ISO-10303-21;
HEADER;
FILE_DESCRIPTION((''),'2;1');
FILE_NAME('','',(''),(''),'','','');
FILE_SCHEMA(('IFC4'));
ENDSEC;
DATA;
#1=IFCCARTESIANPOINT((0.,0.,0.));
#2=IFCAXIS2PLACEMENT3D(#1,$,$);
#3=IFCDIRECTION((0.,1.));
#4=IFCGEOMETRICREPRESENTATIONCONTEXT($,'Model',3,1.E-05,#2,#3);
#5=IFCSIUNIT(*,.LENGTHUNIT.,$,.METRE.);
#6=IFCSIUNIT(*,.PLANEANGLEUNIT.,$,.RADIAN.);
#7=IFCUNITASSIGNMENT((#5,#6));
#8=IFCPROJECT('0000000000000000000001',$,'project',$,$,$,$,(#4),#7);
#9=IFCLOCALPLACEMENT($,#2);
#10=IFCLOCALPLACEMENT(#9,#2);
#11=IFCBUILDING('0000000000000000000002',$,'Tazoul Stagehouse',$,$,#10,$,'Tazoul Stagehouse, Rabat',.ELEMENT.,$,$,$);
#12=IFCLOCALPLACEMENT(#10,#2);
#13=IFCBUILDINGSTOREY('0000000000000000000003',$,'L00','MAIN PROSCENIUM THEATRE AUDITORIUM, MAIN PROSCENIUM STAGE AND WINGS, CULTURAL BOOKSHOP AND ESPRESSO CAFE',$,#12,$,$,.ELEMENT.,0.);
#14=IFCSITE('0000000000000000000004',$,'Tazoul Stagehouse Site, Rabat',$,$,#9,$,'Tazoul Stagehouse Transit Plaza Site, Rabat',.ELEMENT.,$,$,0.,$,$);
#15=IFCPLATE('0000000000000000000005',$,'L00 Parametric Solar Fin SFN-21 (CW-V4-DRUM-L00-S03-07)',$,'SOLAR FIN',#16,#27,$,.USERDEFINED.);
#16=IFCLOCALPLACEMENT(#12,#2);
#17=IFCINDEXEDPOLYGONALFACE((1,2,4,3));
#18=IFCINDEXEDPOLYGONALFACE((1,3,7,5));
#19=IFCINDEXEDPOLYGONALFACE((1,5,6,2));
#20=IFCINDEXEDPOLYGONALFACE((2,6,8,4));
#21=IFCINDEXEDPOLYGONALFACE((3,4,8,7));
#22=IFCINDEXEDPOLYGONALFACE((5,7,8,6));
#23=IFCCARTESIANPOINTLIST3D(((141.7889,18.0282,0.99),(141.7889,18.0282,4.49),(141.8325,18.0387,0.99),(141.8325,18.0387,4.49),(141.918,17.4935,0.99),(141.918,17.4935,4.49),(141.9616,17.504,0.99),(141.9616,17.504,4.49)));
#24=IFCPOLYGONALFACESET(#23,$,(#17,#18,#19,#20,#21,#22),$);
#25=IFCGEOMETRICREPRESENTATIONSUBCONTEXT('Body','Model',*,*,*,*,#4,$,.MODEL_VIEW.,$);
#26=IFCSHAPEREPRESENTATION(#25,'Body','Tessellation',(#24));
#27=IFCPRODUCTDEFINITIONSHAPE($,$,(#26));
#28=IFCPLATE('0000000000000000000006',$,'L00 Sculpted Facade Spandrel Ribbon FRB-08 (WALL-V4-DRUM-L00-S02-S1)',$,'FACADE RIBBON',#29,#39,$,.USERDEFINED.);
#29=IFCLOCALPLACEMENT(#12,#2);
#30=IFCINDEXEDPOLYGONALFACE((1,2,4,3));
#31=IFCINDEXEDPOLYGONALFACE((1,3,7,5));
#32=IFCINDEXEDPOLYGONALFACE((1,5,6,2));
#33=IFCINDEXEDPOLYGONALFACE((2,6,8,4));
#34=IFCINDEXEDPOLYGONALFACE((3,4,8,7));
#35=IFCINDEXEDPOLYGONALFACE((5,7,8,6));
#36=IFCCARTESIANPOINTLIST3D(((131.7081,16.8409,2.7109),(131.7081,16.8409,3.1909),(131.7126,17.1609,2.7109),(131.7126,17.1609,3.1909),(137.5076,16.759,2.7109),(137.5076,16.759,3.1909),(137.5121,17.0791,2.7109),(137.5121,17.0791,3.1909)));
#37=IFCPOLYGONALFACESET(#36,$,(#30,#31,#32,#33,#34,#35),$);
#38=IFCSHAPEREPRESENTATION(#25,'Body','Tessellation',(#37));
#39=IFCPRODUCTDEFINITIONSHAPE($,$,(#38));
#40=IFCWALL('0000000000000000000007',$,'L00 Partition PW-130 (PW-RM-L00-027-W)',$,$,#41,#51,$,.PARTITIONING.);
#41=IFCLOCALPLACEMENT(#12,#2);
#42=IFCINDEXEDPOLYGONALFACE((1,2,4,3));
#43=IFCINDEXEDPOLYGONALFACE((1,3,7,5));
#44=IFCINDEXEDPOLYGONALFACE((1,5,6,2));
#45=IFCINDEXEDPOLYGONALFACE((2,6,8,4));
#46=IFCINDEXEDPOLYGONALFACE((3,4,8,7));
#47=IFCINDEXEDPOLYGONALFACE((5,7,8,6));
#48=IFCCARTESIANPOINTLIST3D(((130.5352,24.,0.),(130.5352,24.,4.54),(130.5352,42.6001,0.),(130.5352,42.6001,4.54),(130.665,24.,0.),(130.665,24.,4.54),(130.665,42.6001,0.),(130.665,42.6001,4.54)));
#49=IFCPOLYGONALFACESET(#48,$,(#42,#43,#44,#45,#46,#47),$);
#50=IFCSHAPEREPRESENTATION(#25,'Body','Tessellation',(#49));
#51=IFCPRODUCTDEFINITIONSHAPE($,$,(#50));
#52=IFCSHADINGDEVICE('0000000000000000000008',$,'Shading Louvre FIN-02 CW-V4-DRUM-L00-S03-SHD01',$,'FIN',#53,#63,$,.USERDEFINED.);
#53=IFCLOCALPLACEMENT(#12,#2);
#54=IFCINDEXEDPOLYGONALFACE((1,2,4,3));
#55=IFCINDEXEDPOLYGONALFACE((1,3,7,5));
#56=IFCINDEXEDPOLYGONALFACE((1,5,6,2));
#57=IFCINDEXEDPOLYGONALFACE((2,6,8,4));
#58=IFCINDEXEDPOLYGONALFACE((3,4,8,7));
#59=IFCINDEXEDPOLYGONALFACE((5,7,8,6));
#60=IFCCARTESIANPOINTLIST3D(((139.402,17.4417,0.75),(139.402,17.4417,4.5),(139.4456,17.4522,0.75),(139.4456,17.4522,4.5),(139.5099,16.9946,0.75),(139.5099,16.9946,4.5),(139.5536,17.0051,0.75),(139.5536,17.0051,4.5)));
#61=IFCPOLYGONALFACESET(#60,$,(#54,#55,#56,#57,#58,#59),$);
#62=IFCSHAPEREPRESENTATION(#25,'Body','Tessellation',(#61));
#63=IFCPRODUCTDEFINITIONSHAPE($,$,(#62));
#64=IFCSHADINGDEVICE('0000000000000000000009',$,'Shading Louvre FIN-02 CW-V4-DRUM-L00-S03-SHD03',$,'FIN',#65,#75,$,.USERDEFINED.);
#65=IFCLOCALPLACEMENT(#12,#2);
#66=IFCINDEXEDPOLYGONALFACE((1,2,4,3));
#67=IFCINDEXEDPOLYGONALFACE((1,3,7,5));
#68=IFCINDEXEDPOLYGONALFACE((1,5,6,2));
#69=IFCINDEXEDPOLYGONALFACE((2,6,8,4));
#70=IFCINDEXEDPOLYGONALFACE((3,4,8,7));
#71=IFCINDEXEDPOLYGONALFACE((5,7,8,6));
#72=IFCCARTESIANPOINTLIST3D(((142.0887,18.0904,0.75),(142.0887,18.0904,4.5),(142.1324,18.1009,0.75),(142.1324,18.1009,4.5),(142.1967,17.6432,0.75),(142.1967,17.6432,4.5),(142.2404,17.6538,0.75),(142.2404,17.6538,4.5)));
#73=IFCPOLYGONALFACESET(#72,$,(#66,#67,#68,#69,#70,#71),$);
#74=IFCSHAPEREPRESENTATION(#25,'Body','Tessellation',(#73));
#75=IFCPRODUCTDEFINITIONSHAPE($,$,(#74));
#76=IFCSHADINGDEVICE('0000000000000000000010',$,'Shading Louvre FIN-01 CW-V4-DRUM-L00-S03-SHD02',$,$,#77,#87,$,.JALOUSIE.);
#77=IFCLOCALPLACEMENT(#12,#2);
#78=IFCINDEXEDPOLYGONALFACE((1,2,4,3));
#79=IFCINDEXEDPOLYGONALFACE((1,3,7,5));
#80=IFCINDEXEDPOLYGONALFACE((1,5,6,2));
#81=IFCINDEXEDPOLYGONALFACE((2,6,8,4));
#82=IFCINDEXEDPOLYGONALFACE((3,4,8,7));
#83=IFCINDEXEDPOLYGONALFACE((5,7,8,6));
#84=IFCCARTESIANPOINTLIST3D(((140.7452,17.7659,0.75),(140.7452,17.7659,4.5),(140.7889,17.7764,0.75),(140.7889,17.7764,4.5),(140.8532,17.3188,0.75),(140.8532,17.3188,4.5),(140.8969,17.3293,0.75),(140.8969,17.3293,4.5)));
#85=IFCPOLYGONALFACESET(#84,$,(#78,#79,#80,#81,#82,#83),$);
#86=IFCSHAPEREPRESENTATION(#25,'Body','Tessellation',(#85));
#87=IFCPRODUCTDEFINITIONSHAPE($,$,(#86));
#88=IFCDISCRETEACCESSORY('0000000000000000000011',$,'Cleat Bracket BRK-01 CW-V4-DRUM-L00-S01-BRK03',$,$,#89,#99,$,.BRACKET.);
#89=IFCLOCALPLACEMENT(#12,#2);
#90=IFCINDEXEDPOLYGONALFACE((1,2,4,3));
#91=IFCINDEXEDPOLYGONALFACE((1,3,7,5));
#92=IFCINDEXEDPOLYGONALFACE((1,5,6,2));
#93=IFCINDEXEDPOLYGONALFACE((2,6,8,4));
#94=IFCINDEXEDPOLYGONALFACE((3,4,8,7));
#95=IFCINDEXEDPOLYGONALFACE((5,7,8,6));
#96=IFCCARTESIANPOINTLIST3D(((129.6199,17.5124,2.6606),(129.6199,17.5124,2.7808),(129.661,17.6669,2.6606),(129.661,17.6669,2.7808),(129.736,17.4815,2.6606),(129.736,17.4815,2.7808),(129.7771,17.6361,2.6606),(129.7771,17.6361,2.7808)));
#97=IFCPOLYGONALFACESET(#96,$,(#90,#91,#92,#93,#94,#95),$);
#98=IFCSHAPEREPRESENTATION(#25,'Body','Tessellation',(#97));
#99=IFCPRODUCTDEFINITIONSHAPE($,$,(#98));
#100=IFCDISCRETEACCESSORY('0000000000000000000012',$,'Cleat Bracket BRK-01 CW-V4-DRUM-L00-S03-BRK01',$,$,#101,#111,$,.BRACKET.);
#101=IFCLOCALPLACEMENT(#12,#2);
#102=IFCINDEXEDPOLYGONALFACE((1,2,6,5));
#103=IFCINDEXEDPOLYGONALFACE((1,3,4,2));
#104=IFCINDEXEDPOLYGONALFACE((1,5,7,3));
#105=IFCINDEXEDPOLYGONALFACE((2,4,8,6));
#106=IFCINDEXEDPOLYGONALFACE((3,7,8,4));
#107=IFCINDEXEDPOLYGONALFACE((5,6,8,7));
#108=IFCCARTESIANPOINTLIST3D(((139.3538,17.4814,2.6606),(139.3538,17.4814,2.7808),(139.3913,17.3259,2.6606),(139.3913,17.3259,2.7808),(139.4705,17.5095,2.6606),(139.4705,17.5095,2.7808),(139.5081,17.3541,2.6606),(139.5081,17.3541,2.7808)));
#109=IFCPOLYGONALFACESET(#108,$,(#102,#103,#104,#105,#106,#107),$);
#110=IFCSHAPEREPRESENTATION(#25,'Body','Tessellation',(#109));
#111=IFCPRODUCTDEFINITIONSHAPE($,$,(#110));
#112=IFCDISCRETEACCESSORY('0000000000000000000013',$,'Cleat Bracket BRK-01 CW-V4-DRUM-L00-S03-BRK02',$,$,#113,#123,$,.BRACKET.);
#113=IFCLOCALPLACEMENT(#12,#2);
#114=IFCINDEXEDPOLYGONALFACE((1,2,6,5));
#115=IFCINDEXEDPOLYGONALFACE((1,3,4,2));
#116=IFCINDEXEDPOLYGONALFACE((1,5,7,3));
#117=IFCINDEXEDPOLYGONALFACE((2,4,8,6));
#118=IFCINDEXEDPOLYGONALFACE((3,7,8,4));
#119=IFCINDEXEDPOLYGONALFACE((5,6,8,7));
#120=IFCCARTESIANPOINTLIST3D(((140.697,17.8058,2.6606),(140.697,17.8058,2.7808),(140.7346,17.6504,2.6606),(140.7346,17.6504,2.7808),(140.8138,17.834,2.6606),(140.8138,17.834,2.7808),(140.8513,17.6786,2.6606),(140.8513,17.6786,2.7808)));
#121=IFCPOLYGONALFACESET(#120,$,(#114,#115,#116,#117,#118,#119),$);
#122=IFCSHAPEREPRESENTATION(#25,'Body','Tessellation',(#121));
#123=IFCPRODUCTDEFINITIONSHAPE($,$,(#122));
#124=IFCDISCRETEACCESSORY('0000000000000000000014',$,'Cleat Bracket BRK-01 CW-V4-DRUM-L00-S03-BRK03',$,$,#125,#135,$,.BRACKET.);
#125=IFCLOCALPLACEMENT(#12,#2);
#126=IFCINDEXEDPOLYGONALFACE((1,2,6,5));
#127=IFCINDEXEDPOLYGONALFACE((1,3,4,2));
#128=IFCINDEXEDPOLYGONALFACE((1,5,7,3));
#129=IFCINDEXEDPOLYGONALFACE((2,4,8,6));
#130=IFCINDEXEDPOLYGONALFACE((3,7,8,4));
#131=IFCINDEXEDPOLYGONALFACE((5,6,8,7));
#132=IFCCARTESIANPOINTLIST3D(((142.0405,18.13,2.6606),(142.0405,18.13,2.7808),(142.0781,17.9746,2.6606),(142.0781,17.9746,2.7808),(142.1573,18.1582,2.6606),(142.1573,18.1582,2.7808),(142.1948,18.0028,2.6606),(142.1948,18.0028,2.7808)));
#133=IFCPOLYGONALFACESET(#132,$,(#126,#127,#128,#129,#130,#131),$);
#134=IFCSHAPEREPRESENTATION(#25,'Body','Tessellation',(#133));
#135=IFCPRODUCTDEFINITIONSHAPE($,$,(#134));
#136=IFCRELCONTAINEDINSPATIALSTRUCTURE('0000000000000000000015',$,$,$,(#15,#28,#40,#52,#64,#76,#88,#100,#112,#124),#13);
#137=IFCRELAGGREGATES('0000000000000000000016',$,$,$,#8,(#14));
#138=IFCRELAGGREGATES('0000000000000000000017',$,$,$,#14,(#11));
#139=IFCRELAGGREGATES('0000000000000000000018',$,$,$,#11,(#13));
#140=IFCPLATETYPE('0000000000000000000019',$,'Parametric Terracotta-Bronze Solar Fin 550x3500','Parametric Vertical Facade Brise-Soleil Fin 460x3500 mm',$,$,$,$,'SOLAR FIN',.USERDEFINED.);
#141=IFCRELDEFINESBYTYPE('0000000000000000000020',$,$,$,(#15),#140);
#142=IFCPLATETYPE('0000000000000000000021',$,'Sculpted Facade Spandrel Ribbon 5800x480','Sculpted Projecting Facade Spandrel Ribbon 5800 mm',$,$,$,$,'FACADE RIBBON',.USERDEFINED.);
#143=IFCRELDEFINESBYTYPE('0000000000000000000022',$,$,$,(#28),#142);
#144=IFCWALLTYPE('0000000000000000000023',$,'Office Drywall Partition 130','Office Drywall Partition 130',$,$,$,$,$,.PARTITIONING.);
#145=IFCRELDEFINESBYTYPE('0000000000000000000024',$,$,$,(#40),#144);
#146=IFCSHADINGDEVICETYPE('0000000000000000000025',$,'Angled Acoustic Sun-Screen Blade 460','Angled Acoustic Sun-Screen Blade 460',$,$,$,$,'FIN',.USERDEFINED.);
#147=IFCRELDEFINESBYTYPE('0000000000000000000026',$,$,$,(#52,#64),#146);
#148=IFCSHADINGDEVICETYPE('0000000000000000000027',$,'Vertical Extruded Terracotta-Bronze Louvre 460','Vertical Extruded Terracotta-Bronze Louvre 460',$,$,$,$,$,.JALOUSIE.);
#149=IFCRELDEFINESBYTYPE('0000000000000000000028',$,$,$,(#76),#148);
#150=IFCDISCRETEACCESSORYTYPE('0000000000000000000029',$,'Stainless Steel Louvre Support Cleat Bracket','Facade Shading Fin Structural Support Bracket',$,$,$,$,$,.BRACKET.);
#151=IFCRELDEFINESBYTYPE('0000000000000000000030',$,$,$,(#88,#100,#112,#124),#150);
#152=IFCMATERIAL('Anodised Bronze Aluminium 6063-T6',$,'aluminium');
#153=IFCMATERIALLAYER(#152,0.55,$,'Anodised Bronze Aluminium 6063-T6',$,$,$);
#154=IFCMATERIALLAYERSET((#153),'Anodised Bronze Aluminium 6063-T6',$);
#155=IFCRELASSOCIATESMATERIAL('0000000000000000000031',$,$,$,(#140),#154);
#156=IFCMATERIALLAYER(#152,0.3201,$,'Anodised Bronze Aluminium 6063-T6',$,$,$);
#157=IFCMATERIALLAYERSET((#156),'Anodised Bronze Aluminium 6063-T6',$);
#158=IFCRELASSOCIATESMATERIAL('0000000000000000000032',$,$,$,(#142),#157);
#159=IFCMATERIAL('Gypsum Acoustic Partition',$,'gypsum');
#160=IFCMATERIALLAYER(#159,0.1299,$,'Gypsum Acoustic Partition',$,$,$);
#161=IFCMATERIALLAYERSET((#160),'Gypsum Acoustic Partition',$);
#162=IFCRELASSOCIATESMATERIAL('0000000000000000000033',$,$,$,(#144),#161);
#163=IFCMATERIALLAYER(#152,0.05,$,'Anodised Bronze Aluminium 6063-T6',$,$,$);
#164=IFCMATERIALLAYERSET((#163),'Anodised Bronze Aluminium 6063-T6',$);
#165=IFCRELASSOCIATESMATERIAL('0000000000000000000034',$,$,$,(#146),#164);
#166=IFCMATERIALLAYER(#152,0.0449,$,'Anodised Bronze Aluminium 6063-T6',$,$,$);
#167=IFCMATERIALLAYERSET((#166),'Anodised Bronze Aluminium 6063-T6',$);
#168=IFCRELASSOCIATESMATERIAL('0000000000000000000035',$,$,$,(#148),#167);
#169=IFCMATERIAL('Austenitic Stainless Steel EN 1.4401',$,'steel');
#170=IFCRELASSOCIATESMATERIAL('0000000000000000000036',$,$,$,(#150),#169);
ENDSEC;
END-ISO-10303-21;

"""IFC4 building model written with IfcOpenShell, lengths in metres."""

from ifc_helpers import new_model, si_unit, direction, frame, frame_2d, origin, origin_2d, place, context, subcontext, project, spatial, rectangle, extrude, material, layer, layer_set, type_object, element, save


model = new_model("IFC4")

# Units and contexts
model_context = context("Model", 3, precision=1e-05, world=origin(), true_north=direction((0.0, 1.0)))
body_context = subcontext(model_context, "Body", "Model", "MODEL_VIEW")
ifc_project = project(units=[si_unit("LENGTHUNIT", "METRE"), si_unit("PLANEANGLEUNIT", "RADIAN")], contexts=[model_context])

# Site, building, storey
site_placement = place(None, origin())
site = spatial("IfcSite", under=ifc_project, at=site_placement, Name="Tazoul Stagehouse Site, Rabat", LongName="Tazoul Stagehouse Transit Plaza Site, Rabat", CompositionType="ELEMENT", RefElevation=0.0)
building_placement = place(site_placement, origin())
building = spatial("IfcBuilding", under=site, at=building_placement, Name="Tazoul Stagehouse", LongName="Tazoul Stagehouse, Rabat", CompositionType="ELEMENT")
storey_placement = place(building_placement, origin())
storey = spatial("IfcBuildingStorey", under=building, at=storey_placement, Name="L00", Description="MAIN PROSCENIUM THEATRE AUDITORIUM, MAIN PROSCENIUM STAGE AND WINGS, CULTURAL BOOKSHOP AND ESPRESSO CAFE", CompositionType="ELEMENT", Elevation=0.0)

# Plates
ifc_material_1 = material(Name="Anodised Bronze Aluminium 6063-T6", Category="aluminium")
ifc_layer_1 = layer(ifc_material_1, 0.55, Name="Anodised Bronze Aluminium 6063-T6")
ifc_layer_set_1 = layer_set([ifc_layer_1], Name="Anodised Bronze Aluminium 6063-T6")
plate_type_1 = type_object("IfcPlateType", Name="Parametric Terracotta-Bronze Solar Fin 550x3500", Description="Parametric Vertical Facade Brise-Soleil Fin 460x3500 mm", ElementType="SOLAR FIN", PredefinedType="USERDEFINED", material=ifc_layer_set_1)
for number, where, z_axis, x_axis, name in (
    (1, (141.8752, 17.7661, 0.99), (0.0, 0.0, 1.0), (0.972063, 0.23472, 0.0), "L00 Parametric Solar Fin SFN-21 (CW-V4-DRUM-L00-S03-07)"),
):
    element("IfcPlate", number, at=place(storey_placement, frame(where, z_axis=z_axis, x_axis=x_axis)), inside=storey, type_object=plate_type_1, Name=name, ObjectType="SOLAR FIN", PredefinedType="USERDEFINED", context=body_context, shape_type="SweptSolid", body=[
        extrude(rectangle(XDim=0.0449, YDim=0.55, at=origin_2d()), origin(), (0.0, 0.0, 1.0), 3.5),
    ])
ifc_layer_2 = layer(ifc_material_1, 0.3201, Name="Anodised Bronze Aluminium 6063-T6")
ifc_layer_set_2 = layer_set([ifc_layer_2], Name="Anodised Bronze Aluminium 6063-T6")
plate_type_2 = type_object("IfcPlateType", Name="Sculpted Facade Spandrel Ribbon 5800x480", Description="Sculpted Projecting Facade Spandrel Ribbon 5800 mm", ElementType="FACADE RIBBON", PredefinedType="USERDEFINED", material=ifc_layer_set_2)
plate_placement = place(storey_placement, frame((134.6101, 16.96, 2.7109), z_axis=(0.0, 0.0, 1.0), x_axis=(0.9999, -0.014109, 0.0)))
element("IfcPlate", 2, at=plate_placement, inside=storey, type_object=plate_type_2, Name="L00 Sculpted Facade Spandrel Ribbon FRB-08 (WALL-V4-DRUM-L00-S02-S1)", ObjectType="FACADE RIBBON", PredefinedType="USERDEFINED", context=body_context, shape_type="SweptSolid", body=[
    extrude(rectangle(XDim=5.8, YDim=0.3201, at=origin_2d()), origin(), (0.0, 0.0, 1.0), 0.48),
])

# Wall
ifc_material_2 = material(Name="Gypsum Acoustic Partition", Category="gypsum")
ifc_layer_3 = layer(ifc_material_2, 0.1299, Name="Gypsum Acoustic Partition")
ifc_layer_set_3 = layer_set([ifc_layer_3], Name="Gypsum Acoustic Partition")
wall_type_1 = type_object("IfcWallType", Name="Office Drywall Partition 130", Description="Office Drywall Partition 130", PredefinedType="PARTITIONING", material=ifc_layer_set_3)
wall_1_placement = place(storey_placement, frame((130.6001, 24.0, 0.0), z_axis=(0.0, 0.0, 1.0), x_axis=(0.0, 1.0, 0.0)))
element("IfcWall", 3, at=wall_1_placement, inside=storey, type_object=wall_type_1, Name="L00 Partition PW-130 (PW-RM-L00-027-W)", PredefinedType="PARTITIONING", context=body_context, shape_type="SweptSolid", body=[
    extrude(rectangle(XDim=18.6001, YDim=0.1299, at=frame_2d((9.3, 0.0))), origin(), (0.0, 0.0, 1.0), 4.54),
])

# Shading devices
ifc_layer_4 = layer(ifc_material_1, 0.05, Name="Anodised Bronze Aluminium 6063-T6")
ifc_layer_set_4 = layer_set([ifc_layer_4], Name="Anodised Bronze Aluminium 6063-T6")
shading_device_type_1 = type_object("IfcShadingDeviceType", Name="Angled Acoustic Sun-Screen Blade 460", Description="Angled Acoustic Sun-Screen Blade 460", ElementType="FIN", PredefinedType="USERDEFINED", material=ifc_layer_set_4)
for number, where, z_axis, x_axis, name in (
    (4, (139.4778, 17.2234, 0.75), (0.0, 0.0, 1.0), (0.972063, 0.23472, 0.0), "Shading Louvre FIN-02 CW-V4-DRUM-L00-S03-SHD01"),
    (5, (142.1646, 17.8721, 0.75), (0.0, 0.0, 1.0), (0.972063, 0.23472, 0.0), "Shading Louvre FIN-02 CW-V4-DRUM-L00-S03-SHD03"),
):
    element("IfcShadingDevice", number, at=place(storey_placement, frame(where, z_axis=z_axis, x_axis=x_axis)), inside=storey, type_object=shading_device_type_1, Name=name, ObjectType="FIN", PredefinedType="USERDEFINED", context=body_context, shape_type="SweptSolid", body=[
        extrude(rectangle(XDim=0.0449, YDim=0.46, at=origin_2d()), origin(), (0.0, 0.0, 1.0), 3.75),
    ])
ifc_layer_5 = layer(ifc_material_1, 0.0449, Name="Anodised Bronze Aluminium 6063-T6")
ifc_layer_set_5 = layer_set([ifc_layer_5], Name="Anodised Bronze Aluminium 6063-T6")
shading_device_type_2 = type_object("IfcShadingDeviceType", Name="Vertical Extruded Terracotta-Bronze Louvre 460", Description="Vertical Extruded Terracotta-Bronze Louvre 460", PredefinedType="JALOUSIE", material=ifc_layer_set_5)
shading_device_placement = place(storey_placement, frame((140.821, 17.5476, 0.75), z_axis=(0.0, 0.0, 1.0), x_axis=(0.972063, 0.23472, 0.0)))
element("IfcShadingDevice", 6, at=shading_device_placement, inside=storey, type_object=shading_device_type_2, Name="Shading Louvre FIN-01 CW-V4-DRUM-L00-S03-SHD02", PredefinedType="JALOUSIE", context=body_context, shape_type="SweptSolid", body=[
    extrude(rectangle(XDim=0.0449, YDim=0.46, at=origin_2d()), origin(), (0.0, 0.0, 1.0), 3.75),
])

# Discrete accessories
ifc_material_3 = material(Name="Austenitic Stainless Steel EN 1.4401", Category="steel")
discrete_accessory_type = type_object("IfcDiscreteAccessoryType", Name="Stainless Steel Louvre Support Cleat Bracket", Description="Facade Shading Fin Structural Support Bracket", PredefinedType="BRACKET", material=ifc_material_3)
for number, where, z_axis, x_axis, name in (
    (7, (129.6985, 17.5742, 2.6606), (0.0, 0.0, 1.0), (0.966413, -0.256993, 0.0), "Cleat Bracket BRK-01 CW-V4-DRUM-L00-S01-BRK03"),
    (8, (139.4309, 17.4177, 2.6606), (0.0, 0.0, 1.0), (0.972063, 0.23472, 0.0), "Cleat Bracket BRK-01 CW-V4-DRUM-L00-S03-BRK01"),
    (9, (140.7742, 17.7422, 2.6606), (0.0, 0.0, 1.0), (0.972063, 0.23472, 0.0), "Cleat Bracket BRK-01 CW-V4-DRUM-L00-S03-BRK02"),
    (10, (142.1177, 18.0664, 2.6606), (0.0, 0.0, 1.0), (0.972063, 0.23472, 0.0), "Cleat Bracket BRK-01 CW-V4-DRUM-L00-S03-BRK03"),
):
    element("IfcDiscreteAccessory", number, at=place(storey_placement, frame(where, z_axis=z_axis, x_axis=x_axis)), inside=storey, type_object=discrete_accessory_type, Name=name, PredefinedType="BRACKET", context=body_context, shape_type="SweptSolid", body=[
        extrude(rectangle(XDim=0.1201, YDim=0.1599, at=origin_2d()), origin(), (0.0, 0.0, 1.0), 0.1201),
    ])

save(model, "model.ifc")
